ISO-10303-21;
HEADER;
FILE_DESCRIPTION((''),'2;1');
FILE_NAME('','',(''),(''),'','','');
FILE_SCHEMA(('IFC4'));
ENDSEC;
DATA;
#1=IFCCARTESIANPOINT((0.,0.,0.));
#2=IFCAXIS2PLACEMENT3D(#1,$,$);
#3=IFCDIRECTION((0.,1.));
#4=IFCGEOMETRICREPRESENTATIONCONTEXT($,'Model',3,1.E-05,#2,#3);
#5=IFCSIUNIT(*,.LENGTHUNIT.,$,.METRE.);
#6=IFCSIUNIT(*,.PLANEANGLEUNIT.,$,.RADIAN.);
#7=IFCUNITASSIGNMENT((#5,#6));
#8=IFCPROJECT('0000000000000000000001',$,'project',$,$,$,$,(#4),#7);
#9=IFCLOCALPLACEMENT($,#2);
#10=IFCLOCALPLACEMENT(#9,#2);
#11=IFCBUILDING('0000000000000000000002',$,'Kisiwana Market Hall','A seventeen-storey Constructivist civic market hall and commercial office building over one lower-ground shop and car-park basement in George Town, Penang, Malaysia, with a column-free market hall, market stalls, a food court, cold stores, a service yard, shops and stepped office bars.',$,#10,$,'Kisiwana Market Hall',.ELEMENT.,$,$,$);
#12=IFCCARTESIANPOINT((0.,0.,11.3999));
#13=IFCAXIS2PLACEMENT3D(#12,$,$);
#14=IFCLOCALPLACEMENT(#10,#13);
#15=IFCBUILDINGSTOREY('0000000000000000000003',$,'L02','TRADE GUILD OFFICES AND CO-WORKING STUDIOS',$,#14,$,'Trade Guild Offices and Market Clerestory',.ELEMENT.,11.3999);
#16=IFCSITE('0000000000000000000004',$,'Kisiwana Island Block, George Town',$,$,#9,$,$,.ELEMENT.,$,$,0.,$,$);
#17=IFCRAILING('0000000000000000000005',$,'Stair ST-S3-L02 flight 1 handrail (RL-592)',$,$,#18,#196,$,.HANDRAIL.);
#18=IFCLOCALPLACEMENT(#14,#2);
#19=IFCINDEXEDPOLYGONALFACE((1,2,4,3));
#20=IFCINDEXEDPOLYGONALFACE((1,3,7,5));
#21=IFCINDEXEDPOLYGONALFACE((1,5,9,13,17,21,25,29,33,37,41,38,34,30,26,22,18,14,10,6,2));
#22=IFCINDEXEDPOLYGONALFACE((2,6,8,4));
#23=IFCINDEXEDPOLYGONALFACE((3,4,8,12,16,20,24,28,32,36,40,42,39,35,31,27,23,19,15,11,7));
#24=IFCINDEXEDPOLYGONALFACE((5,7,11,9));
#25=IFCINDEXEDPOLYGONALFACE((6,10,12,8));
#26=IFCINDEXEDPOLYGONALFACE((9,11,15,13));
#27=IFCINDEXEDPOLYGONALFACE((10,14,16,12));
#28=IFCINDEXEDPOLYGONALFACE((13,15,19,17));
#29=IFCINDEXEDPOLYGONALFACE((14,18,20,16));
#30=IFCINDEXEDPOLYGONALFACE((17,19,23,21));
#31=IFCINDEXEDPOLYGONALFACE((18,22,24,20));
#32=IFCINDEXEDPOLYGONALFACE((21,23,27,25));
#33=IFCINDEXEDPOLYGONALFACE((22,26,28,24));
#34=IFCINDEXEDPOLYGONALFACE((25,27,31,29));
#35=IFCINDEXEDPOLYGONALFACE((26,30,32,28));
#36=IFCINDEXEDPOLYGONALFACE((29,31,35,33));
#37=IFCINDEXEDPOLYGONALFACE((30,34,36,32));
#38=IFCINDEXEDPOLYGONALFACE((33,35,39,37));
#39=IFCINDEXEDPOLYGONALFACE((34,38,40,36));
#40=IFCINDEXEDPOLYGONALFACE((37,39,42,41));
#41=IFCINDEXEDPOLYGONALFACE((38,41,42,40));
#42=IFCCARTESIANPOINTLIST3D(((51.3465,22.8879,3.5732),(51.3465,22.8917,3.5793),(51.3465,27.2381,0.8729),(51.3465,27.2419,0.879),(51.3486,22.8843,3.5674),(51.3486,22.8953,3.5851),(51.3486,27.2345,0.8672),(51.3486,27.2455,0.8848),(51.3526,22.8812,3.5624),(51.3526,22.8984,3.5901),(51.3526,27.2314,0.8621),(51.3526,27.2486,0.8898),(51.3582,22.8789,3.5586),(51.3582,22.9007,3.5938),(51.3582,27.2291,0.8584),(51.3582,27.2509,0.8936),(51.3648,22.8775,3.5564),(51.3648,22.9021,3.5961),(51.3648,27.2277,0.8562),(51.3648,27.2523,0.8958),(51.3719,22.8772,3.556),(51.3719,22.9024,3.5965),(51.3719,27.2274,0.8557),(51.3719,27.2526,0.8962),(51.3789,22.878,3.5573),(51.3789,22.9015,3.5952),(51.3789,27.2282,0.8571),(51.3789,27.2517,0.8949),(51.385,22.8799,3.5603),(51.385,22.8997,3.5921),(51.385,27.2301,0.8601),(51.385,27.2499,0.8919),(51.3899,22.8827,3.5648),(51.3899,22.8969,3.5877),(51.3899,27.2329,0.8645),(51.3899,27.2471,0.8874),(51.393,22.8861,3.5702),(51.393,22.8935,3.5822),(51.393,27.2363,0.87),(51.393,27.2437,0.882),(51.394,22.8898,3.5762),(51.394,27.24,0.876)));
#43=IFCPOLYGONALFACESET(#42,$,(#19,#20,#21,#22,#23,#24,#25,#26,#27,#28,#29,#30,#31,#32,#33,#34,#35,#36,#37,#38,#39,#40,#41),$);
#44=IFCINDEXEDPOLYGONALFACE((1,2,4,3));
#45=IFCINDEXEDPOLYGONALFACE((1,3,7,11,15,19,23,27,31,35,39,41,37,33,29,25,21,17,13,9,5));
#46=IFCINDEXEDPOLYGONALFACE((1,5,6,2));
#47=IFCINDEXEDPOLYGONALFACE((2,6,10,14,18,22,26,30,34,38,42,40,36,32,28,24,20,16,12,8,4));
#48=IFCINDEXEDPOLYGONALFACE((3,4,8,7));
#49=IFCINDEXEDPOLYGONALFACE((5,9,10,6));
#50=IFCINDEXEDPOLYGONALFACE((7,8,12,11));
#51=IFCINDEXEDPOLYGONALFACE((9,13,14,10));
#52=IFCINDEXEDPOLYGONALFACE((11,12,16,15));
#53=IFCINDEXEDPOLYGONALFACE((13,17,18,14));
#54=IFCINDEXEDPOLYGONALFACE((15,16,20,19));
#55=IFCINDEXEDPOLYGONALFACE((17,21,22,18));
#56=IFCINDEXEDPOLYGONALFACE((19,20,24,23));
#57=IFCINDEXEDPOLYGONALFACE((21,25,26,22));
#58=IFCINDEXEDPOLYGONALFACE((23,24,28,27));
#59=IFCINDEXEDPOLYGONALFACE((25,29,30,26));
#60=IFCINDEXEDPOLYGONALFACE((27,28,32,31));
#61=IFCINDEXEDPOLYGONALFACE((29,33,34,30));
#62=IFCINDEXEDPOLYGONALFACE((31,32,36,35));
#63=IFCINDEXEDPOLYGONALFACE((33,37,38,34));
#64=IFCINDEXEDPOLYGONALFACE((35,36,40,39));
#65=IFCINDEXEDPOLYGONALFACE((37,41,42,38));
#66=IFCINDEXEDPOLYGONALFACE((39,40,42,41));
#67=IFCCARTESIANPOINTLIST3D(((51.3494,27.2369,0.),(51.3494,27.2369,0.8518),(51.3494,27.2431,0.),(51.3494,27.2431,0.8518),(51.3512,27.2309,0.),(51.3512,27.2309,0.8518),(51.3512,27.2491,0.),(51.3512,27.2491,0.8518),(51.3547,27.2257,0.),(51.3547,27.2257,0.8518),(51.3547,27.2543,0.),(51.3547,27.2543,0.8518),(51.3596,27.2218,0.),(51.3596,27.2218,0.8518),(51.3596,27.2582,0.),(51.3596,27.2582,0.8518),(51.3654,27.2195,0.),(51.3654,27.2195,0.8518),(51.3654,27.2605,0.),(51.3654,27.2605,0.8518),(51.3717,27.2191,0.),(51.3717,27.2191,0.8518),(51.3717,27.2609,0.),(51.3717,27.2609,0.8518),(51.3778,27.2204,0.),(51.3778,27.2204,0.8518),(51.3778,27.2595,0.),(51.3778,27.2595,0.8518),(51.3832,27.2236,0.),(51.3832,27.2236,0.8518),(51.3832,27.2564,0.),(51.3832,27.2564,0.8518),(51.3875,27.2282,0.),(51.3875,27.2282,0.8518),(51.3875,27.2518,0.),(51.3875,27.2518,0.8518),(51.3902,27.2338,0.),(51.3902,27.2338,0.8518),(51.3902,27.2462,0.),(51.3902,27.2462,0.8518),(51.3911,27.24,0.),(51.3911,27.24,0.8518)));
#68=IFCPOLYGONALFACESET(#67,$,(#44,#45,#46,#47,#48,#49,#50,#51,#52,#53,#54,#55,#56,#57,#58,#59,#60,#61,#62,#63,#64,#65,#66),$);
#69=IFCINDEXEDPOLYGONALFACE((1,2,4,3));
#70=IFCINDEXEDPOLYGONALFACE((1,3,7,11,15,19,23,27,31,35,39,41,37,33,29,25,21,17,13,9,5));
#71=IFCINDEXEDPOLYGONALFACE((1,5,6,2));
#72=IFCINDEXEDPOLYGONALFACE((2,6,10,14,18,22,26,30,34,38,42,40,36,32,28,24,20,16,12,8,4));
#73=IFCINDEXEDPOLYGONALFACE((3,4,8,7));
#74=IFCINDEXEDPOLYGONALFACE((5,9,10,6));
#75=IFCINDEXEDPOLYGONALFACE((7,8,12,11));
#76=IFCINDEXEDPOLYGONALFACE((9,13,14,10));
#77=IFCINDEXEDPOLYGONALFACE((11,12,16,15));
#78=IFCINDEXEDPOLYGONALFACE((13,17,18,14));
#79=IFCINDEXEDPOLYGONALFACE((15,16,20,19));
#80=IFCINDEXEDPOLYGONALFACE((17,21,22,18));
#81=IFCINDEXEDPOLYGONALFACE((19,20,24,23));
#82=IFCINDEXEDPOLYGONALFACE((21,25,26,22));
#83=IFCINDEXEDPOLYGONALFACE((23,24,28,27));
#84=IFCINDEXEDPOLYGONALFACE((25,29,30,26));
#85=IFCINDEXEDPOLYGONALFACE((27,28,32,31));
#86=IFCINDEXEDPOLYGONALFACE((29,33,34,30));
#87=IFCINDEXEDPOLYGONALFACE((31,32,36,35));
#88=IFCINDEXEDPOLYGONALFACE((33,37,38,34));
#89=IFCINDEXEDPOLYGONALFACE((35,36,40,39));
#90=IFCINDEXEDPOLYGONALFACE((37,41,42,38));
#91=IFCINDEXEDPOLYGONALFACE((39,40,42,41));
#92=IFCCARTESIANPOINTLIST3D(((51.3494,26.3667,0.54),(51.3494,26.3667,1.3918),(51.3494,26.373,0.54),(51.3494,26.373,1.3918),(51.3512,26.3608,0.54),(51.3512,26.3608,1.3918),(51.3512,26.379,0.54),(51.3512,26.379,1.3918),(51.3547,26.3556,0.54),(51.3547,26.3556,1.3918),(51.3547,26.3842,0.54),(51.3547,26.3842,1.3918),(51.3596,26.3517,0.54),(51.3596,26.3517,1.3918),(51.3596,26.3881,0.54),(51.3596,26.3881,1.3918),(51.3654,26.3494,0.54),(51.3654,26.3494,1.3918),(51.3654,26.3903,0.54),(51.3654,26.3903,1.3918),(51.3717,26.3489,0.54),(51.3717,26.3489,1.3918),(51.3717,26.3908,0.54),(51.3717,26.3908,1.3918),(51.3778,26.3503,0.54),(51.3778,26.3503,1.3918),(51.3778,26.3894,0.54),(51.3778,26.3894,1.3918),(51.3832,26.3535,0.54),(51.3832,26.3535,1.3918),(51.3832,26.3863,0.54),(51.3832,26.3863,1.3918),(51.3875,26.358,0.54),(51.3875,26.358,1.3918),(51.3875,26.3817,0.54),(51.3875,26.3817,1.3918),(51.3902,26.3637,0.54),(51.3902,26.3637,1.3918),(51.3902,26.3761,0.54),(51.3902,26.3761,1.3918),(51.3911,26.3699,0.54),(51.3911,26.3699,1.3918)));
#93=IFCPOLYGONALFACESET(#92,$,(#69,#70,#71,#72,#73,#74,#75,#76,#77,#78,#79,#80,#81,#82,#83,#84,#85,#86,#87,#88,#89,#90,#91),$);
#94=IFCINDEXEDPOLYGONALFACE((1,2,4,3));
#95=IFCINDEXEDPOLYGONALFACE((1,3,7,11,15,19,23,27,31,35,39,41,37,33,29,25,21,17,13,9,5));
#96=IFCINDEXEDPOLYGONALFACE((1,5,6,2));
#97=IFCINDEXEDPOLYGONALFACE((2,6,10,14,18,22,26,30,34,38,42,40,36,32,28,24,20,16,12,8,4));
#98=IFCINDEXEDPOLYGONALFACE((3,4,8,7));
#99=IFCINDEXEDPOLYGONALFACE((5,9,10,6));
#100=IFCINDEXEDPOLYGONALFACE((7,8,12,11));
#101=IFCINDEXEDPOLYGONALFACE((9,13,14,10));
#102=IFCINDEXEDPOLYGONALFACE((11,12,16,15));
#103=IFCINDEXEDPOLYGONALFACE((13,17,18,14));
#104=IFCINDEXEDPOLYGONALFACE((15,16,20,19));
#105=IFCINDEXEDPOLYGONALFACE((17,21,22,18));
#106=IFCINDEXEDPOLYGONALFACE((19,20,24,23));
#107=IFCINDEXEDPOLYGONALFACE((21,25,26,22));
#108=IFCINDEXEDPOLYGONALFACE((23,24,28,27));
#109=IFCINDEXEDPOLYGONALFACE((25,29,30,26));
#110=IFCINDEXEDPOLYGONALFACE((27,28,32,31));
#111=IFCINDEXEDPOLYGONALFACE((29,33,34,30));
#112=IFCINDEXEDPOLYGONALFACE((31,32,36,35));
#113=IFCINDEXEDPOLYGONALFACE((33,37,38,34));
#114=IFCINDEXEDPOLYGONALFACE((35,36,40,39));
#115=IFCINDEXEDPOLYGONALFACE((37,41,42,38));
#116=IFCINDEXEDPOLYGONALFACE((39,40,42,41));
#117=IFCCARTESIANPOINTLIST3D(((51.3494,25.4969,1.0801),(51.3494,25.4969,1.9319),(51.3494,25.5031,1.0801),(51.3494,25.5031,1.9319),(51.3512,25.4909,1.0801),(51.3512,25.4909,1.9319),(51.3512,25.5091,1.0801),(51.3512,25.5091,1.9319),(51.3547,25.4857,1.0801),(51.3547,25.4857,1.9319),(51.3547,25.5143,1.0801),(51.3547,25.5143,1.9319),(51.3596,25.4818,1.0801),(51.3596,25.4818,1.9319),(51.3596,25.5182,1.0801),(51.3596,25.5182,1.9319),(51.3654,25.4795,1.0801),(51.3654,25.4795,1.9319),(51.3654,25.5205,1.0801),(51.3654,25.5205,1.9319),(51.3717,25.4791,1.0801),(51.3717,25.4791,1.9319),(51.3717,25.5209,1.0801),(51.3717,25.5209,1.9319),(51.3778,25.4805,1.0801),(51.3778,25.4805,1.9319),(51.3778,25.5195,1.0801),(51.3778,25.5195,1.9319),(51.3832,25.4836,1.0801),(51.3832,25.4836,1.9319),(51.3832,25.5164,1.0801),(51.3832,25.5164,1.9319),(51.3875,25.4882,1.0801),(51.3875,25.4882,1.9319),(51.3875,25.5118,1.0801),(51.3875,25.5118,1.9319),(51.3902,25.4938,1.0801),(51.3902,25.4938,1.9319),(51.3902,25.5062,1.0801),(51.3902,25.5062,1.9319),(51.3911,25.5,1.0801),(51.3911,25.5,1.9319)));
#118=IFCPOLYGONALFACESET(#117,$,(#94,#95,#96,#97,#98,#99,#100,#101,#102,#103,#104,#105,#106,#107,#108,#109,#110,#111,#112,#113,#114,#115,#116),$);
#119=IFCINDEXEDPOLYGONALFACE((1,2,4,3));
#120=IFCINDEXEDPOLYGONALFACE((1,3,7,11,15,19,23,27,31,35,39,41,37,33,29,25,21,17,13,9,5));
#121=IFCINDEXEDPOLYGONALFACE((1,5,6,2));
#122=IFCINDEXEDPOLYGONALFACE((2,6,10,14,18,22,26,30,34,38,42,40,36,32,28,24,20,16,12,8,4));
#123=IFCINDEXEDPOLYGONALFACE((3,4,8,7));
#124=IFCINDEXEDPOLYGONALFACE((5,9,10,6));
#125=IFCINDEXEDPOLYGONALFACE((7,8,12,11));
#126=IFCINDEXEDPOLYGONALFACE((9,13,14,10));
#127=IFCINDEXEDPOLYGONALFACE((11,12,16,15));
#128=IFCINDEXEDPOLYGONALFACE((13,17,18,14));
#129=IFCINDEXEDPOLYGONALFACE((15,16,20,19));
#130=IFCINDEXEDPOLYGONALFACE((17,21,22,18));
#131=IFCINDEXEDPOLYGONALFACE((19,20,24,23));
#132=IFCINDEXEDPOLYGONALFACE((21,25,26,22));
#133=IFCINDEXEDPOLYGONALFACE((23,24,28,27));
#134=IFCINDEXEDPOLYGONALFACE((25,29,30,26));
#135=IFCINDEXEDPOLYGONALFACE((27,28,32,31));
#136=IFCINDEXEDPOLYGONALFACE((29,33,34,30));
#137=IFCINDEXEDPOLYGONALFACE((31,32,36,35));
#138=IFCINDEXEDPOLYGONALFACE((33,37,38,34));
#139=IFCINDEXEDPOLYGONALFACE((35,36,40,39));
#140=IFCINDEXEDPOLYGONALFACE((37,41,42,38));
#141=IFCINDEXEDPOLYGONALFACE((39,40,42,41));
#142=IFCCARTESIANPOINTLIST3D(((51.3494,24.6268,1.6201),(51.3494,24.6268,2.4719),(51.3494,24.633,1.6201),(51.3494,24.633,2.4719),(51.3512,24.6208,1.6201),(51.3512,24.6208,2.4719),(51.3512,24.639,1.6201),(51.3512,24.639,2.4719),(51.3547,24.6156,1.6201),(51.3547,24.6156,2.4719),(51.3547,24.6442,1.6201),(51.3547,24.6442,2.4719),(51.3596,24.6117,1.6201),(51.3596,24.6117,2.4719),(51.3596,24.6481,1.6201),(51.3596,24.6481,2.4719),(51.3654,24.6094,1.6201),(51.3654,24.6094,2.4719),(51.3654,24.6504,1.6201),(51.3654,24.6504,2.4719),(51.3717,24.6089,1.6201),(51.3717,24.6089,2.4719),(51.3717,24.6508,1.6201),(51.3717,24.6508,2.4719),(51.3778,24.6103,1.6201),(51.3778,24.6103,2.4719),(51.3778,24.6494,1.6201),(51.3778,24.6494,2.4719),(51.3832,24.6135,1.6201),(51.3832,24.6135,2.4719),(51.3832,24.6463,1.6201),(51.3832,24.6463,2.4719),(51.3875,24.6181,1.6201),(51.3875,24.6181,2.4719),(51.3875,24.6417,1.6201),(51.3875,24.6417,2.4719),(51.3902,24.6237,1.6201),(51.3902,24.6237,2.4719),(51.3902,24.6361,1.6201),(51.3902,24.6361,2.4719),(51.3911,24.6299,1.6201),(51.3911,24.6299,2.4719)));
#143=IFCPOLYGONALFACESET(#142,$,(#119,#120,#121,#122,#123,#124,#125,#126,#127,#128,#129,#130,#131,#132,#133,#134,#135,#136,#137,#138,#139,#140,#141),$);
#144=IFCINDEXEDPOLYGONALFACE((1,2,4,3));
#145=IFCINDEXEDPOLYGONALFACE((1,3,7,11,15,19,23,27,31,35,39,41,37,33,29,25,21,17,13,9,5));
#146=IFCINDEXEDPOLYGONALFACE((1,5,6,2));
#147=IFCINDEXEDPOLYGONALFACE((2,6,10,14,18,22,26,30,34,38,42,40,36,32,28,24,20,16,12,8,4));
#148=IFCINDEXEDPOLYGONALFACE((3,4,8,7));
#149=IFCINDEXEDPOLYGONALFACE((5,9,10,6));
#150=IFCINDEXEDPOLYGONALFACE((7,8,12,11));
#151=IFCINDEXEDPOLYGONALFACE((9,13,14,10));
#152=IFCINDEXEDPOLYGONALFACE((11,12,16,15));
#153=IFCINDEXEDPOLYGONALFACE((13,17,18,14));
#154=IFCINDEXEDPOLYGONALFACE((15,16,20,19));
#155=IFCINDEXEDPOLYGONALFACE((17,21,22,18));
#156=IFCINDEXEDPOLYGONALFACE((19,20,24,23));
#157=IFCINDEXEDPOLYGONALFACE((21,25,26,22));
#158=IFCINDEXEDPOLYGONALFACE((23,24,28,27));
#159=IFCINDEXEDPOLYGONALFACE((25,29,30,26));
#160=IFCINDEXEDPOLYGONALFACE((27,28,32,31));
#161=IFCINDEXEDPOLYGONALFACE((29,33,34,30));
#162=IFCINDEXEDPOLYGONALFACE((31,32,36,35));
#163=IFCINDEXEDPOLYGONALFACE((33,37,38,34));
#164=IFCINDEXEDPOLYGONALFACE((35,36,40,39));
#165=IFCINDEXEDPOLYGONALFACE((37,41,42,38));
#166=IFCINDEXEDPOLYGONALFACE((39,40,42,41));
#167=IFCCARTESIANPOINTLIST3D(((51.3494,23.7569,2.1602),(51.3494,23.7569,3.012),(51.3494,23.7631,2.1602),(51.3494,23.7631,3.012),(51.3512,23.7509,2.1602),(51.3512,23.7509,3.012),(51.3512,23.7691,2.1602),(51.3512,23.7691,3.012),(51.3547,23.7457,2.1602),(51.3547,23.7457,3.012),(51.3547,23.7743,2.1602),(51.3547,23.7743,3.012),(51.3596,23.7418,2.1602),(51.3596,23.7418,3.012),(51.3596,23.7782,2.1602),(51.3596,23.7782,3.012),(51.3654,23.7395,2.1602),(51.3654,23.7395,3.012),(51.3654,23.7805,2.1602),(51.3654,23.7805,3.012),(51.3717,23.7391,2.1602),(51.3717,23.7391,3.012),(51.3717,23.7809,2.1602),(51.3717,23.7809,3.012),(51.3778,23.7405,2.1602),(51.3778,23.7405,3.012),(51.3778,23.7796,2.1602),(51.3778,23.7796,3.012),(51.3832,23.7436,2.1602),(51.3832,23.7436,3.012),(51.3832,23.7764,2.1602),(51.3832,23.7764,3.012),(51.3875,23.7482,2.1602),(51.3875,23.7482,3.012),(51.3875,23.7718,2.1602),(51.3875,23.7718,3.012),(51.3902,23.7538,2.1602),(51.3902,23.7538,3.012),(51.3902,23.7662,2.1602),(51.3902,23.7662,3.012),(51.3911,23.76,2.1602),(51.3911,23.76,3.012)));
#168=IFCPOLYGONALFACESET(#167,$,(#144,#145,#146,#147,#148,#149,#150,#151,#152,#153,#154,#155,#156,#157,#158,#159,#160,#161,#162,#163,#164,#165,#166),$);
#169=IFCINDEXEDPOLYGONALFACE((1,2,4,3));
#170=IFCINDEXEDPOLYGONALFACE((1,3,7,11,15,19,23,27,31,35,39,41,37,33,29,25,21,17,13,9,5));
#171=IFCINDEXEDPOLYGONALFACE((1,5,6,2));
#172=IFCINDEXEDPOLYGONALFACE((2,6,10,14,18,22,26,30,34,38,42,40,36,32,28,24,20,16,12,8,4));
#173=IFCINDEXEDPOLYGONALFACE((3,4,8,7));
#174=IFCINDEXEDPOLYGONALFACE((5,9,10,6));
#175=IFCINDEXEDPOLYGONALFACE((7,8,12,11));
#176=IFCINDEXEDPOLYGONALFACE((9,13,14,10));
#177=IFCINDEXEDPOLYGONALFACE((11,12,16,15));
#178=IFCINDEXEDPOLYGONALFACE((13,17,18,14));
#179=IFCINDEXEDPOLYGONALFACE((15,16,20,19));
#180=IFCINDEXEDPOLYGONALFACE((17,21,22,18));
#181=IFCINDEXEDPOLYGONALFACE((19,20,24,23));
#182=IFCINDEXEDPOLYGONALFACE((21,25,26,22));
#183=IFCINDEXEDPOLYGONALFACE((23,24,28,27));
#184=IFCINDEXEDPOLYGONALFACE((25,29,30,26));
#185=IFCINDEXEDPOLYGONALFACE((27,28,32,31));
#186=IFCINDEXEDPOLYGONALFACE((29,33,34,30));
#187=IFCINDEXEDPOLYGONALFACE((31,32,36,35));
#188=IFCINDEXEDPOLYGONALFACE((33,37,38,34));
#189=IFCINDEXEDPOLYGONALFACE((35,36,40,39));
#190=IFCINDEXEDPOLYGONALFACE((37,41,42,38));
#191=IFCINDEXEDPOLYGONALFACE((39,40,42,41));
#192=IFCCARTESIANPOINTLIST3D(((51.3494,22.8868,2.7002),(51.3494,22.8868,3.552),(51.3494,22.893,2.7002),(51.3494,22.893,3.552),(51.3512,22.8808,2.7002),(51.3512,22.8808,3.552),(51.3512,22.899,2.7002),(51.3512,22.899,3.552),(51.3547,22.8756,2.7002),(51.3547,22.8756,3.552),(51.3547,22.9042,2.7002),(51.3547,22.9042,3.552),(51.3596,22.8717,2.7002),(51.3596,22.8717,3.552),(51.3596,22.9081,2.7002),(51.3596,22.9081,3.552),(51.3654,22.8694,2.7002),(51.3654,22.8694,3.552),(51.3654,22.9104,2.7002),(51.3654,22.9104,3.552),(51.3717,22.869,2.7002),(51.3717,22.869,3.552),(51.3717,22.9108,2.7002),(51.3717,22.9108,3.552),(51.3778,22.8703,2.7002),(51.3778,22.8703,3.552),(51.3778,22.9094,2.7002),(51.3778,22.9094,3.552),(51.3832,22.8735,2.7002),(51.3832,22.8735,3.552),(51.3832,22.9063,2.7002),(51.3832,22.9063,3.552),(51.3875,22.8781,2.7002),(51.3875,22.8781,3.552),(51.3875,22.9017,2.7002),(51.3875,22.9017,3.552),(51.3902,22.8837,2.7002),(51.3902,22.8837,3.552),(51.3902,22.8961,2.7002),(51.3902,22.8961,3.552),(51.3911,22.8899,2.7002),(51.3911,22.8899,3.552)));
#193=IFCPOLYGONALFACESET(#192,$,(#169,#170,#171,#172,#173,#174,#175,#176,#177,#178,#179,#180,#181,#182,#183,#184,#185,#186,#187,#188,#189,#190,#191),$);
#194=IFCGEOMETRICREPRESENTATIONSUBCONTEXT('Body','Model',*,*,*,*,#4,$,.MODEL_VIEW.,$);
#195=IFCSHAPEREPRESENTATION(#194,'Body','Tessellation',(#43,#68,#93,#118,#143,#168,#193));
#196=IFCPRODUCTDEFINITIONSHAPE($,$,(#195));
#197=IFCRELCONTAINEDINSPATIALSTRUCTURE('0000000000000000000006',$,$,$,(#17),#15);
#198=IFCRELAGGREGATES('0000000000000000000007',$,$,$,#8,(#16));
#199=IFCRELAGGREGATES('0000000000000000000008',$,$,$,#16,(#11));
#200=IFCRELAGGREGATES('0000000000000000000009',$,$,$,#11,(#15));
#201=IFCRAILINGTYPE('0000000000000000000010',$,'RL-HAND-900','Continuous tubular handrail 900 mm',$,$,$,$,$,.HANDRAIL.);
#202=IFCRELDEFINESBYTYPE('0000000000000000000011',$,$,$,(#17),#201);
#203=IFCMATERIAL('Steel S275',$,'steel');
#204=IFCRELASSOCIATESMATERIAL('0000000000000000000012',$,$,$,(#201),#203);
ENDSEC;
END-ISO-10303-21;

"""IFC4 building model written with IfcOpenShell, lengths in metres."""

from ifc_helpers import new_model, si_unit, direction, frame, origin, origin_2d, place, context, subcontext, project, spatial, circle, extrude, material, type_object, element, save


model = new_model("IFC4")

# Units and contexts
model_context = context("Model", 3, precision=1e-05, world=origin(), true_north=direction((0.0, 1.0)))
body_context = subcontext(model_context, "Body", "Model", "MODEL_VIEW")
ifc_project = project(units=[si_unit("LENGTHUNIT", "METRE"), si_unit("PLANEANGLEUNIT", "RADIAN")], contexts=[model_context])

# Site, building, storey
site_placement = place(None, origin())
site = spatial("IfcSite", under=ifc_project, at=site_placement, Name="Kisiwana Island Block, George Town", CompositionType="ELEMENT", RefElevation=0.0)
building_placement = place(site_placement, origin())
building = spatial("IfcBuilding", under=site, at=building_placement, Name="Kisiwana Market Hall", Description="A seventeen-storey Constructivist civic market hall and commercial office building over one lower-ground shop and car-park basement in George Town, Penang, Malaysia, with a column-free market hall, market stalls, a food court, cold stores, a service yard, shops and stepped office bars.", LongName="Kisiwana Market Hall", CompositionType="ELEMENT")
storey_placement = place(building_placement, frame((0.0, 0.0, 11.3999)))
storey = spatial("IfcBuildingStorey", under=building, at=storey_placement, Name="L02", Description="TRADE GUILD OFFICES AND CO-WORKING STUDIOS", LongName="Trade Guild Offices and Market Clerestory", CompositionType="ELEMENT", Elevation=11.3999)

# Railing
ifc_material_1 = material(Name="Steel S275", Category="steel")
railing_type_1 = type_object("IfcRailingType", Name="RL-HAND-900", Description="Continuous tubular handrail 900 mm", PredefinedType="HANDRAIL", material=ifc_material_1)
railing_1_placement = place(storey_placement, frame((51.3701, 27.24, 0.0)))
element("IfcRailing", 1, at=railing_1_placement, inside=storey, type_object=railing_type_1, Name="Stair ST-S3-L02 flight 1 handrail (RL-592)", PredefinedType="HANDRAIL", context=body_context, shape_type="SweptSolid", body=[
    extrude(circle(Radius=0.0239, at=origin_2d()), frame((0.0, 0.0, 0.876), z_axis=(0.0, -0.849628, 0.527382), x_axis=(1.0, 0.0, 0.0)), (0.0, 0.0, 1.0), 5.1201),
    extrude(circle(Radius=0.021, at=origin_2d()), origin(), (0.0, 0.0, 1.0), 0.8518),
    extrude(circle(Radius=0.021, at=origin_2d()), frame((0.0, -0.8701, 0.54)), (0.0, 0.0, 1.0), 0.8518),
    extrude(circle(Radius=0.021, at=origin_2d()), frame((0.0, -1.74, 1.0801)), (0.0, 0.0, 1.0), 0.8518),
    extrude(circle(Radius=0.021, at=origin_2d()), frame((0.0, -2.6101, 1.6201)), (0.0, 0.0, 1.0), 0.8518),
    extrude(circle(Radius=0.021, at=origin_2d()), frame((0.0, -3.48, 2.1602)), (0.0, 0.0, 1.0), 0.8518),
    extrude(circle(Radius=0.021, at=origin_2d()), frame((0.0, -4.3501, 2.7002)), (0.0, 0.0, 1.0), 0.8518),
])

save(model, "model.ifc")
